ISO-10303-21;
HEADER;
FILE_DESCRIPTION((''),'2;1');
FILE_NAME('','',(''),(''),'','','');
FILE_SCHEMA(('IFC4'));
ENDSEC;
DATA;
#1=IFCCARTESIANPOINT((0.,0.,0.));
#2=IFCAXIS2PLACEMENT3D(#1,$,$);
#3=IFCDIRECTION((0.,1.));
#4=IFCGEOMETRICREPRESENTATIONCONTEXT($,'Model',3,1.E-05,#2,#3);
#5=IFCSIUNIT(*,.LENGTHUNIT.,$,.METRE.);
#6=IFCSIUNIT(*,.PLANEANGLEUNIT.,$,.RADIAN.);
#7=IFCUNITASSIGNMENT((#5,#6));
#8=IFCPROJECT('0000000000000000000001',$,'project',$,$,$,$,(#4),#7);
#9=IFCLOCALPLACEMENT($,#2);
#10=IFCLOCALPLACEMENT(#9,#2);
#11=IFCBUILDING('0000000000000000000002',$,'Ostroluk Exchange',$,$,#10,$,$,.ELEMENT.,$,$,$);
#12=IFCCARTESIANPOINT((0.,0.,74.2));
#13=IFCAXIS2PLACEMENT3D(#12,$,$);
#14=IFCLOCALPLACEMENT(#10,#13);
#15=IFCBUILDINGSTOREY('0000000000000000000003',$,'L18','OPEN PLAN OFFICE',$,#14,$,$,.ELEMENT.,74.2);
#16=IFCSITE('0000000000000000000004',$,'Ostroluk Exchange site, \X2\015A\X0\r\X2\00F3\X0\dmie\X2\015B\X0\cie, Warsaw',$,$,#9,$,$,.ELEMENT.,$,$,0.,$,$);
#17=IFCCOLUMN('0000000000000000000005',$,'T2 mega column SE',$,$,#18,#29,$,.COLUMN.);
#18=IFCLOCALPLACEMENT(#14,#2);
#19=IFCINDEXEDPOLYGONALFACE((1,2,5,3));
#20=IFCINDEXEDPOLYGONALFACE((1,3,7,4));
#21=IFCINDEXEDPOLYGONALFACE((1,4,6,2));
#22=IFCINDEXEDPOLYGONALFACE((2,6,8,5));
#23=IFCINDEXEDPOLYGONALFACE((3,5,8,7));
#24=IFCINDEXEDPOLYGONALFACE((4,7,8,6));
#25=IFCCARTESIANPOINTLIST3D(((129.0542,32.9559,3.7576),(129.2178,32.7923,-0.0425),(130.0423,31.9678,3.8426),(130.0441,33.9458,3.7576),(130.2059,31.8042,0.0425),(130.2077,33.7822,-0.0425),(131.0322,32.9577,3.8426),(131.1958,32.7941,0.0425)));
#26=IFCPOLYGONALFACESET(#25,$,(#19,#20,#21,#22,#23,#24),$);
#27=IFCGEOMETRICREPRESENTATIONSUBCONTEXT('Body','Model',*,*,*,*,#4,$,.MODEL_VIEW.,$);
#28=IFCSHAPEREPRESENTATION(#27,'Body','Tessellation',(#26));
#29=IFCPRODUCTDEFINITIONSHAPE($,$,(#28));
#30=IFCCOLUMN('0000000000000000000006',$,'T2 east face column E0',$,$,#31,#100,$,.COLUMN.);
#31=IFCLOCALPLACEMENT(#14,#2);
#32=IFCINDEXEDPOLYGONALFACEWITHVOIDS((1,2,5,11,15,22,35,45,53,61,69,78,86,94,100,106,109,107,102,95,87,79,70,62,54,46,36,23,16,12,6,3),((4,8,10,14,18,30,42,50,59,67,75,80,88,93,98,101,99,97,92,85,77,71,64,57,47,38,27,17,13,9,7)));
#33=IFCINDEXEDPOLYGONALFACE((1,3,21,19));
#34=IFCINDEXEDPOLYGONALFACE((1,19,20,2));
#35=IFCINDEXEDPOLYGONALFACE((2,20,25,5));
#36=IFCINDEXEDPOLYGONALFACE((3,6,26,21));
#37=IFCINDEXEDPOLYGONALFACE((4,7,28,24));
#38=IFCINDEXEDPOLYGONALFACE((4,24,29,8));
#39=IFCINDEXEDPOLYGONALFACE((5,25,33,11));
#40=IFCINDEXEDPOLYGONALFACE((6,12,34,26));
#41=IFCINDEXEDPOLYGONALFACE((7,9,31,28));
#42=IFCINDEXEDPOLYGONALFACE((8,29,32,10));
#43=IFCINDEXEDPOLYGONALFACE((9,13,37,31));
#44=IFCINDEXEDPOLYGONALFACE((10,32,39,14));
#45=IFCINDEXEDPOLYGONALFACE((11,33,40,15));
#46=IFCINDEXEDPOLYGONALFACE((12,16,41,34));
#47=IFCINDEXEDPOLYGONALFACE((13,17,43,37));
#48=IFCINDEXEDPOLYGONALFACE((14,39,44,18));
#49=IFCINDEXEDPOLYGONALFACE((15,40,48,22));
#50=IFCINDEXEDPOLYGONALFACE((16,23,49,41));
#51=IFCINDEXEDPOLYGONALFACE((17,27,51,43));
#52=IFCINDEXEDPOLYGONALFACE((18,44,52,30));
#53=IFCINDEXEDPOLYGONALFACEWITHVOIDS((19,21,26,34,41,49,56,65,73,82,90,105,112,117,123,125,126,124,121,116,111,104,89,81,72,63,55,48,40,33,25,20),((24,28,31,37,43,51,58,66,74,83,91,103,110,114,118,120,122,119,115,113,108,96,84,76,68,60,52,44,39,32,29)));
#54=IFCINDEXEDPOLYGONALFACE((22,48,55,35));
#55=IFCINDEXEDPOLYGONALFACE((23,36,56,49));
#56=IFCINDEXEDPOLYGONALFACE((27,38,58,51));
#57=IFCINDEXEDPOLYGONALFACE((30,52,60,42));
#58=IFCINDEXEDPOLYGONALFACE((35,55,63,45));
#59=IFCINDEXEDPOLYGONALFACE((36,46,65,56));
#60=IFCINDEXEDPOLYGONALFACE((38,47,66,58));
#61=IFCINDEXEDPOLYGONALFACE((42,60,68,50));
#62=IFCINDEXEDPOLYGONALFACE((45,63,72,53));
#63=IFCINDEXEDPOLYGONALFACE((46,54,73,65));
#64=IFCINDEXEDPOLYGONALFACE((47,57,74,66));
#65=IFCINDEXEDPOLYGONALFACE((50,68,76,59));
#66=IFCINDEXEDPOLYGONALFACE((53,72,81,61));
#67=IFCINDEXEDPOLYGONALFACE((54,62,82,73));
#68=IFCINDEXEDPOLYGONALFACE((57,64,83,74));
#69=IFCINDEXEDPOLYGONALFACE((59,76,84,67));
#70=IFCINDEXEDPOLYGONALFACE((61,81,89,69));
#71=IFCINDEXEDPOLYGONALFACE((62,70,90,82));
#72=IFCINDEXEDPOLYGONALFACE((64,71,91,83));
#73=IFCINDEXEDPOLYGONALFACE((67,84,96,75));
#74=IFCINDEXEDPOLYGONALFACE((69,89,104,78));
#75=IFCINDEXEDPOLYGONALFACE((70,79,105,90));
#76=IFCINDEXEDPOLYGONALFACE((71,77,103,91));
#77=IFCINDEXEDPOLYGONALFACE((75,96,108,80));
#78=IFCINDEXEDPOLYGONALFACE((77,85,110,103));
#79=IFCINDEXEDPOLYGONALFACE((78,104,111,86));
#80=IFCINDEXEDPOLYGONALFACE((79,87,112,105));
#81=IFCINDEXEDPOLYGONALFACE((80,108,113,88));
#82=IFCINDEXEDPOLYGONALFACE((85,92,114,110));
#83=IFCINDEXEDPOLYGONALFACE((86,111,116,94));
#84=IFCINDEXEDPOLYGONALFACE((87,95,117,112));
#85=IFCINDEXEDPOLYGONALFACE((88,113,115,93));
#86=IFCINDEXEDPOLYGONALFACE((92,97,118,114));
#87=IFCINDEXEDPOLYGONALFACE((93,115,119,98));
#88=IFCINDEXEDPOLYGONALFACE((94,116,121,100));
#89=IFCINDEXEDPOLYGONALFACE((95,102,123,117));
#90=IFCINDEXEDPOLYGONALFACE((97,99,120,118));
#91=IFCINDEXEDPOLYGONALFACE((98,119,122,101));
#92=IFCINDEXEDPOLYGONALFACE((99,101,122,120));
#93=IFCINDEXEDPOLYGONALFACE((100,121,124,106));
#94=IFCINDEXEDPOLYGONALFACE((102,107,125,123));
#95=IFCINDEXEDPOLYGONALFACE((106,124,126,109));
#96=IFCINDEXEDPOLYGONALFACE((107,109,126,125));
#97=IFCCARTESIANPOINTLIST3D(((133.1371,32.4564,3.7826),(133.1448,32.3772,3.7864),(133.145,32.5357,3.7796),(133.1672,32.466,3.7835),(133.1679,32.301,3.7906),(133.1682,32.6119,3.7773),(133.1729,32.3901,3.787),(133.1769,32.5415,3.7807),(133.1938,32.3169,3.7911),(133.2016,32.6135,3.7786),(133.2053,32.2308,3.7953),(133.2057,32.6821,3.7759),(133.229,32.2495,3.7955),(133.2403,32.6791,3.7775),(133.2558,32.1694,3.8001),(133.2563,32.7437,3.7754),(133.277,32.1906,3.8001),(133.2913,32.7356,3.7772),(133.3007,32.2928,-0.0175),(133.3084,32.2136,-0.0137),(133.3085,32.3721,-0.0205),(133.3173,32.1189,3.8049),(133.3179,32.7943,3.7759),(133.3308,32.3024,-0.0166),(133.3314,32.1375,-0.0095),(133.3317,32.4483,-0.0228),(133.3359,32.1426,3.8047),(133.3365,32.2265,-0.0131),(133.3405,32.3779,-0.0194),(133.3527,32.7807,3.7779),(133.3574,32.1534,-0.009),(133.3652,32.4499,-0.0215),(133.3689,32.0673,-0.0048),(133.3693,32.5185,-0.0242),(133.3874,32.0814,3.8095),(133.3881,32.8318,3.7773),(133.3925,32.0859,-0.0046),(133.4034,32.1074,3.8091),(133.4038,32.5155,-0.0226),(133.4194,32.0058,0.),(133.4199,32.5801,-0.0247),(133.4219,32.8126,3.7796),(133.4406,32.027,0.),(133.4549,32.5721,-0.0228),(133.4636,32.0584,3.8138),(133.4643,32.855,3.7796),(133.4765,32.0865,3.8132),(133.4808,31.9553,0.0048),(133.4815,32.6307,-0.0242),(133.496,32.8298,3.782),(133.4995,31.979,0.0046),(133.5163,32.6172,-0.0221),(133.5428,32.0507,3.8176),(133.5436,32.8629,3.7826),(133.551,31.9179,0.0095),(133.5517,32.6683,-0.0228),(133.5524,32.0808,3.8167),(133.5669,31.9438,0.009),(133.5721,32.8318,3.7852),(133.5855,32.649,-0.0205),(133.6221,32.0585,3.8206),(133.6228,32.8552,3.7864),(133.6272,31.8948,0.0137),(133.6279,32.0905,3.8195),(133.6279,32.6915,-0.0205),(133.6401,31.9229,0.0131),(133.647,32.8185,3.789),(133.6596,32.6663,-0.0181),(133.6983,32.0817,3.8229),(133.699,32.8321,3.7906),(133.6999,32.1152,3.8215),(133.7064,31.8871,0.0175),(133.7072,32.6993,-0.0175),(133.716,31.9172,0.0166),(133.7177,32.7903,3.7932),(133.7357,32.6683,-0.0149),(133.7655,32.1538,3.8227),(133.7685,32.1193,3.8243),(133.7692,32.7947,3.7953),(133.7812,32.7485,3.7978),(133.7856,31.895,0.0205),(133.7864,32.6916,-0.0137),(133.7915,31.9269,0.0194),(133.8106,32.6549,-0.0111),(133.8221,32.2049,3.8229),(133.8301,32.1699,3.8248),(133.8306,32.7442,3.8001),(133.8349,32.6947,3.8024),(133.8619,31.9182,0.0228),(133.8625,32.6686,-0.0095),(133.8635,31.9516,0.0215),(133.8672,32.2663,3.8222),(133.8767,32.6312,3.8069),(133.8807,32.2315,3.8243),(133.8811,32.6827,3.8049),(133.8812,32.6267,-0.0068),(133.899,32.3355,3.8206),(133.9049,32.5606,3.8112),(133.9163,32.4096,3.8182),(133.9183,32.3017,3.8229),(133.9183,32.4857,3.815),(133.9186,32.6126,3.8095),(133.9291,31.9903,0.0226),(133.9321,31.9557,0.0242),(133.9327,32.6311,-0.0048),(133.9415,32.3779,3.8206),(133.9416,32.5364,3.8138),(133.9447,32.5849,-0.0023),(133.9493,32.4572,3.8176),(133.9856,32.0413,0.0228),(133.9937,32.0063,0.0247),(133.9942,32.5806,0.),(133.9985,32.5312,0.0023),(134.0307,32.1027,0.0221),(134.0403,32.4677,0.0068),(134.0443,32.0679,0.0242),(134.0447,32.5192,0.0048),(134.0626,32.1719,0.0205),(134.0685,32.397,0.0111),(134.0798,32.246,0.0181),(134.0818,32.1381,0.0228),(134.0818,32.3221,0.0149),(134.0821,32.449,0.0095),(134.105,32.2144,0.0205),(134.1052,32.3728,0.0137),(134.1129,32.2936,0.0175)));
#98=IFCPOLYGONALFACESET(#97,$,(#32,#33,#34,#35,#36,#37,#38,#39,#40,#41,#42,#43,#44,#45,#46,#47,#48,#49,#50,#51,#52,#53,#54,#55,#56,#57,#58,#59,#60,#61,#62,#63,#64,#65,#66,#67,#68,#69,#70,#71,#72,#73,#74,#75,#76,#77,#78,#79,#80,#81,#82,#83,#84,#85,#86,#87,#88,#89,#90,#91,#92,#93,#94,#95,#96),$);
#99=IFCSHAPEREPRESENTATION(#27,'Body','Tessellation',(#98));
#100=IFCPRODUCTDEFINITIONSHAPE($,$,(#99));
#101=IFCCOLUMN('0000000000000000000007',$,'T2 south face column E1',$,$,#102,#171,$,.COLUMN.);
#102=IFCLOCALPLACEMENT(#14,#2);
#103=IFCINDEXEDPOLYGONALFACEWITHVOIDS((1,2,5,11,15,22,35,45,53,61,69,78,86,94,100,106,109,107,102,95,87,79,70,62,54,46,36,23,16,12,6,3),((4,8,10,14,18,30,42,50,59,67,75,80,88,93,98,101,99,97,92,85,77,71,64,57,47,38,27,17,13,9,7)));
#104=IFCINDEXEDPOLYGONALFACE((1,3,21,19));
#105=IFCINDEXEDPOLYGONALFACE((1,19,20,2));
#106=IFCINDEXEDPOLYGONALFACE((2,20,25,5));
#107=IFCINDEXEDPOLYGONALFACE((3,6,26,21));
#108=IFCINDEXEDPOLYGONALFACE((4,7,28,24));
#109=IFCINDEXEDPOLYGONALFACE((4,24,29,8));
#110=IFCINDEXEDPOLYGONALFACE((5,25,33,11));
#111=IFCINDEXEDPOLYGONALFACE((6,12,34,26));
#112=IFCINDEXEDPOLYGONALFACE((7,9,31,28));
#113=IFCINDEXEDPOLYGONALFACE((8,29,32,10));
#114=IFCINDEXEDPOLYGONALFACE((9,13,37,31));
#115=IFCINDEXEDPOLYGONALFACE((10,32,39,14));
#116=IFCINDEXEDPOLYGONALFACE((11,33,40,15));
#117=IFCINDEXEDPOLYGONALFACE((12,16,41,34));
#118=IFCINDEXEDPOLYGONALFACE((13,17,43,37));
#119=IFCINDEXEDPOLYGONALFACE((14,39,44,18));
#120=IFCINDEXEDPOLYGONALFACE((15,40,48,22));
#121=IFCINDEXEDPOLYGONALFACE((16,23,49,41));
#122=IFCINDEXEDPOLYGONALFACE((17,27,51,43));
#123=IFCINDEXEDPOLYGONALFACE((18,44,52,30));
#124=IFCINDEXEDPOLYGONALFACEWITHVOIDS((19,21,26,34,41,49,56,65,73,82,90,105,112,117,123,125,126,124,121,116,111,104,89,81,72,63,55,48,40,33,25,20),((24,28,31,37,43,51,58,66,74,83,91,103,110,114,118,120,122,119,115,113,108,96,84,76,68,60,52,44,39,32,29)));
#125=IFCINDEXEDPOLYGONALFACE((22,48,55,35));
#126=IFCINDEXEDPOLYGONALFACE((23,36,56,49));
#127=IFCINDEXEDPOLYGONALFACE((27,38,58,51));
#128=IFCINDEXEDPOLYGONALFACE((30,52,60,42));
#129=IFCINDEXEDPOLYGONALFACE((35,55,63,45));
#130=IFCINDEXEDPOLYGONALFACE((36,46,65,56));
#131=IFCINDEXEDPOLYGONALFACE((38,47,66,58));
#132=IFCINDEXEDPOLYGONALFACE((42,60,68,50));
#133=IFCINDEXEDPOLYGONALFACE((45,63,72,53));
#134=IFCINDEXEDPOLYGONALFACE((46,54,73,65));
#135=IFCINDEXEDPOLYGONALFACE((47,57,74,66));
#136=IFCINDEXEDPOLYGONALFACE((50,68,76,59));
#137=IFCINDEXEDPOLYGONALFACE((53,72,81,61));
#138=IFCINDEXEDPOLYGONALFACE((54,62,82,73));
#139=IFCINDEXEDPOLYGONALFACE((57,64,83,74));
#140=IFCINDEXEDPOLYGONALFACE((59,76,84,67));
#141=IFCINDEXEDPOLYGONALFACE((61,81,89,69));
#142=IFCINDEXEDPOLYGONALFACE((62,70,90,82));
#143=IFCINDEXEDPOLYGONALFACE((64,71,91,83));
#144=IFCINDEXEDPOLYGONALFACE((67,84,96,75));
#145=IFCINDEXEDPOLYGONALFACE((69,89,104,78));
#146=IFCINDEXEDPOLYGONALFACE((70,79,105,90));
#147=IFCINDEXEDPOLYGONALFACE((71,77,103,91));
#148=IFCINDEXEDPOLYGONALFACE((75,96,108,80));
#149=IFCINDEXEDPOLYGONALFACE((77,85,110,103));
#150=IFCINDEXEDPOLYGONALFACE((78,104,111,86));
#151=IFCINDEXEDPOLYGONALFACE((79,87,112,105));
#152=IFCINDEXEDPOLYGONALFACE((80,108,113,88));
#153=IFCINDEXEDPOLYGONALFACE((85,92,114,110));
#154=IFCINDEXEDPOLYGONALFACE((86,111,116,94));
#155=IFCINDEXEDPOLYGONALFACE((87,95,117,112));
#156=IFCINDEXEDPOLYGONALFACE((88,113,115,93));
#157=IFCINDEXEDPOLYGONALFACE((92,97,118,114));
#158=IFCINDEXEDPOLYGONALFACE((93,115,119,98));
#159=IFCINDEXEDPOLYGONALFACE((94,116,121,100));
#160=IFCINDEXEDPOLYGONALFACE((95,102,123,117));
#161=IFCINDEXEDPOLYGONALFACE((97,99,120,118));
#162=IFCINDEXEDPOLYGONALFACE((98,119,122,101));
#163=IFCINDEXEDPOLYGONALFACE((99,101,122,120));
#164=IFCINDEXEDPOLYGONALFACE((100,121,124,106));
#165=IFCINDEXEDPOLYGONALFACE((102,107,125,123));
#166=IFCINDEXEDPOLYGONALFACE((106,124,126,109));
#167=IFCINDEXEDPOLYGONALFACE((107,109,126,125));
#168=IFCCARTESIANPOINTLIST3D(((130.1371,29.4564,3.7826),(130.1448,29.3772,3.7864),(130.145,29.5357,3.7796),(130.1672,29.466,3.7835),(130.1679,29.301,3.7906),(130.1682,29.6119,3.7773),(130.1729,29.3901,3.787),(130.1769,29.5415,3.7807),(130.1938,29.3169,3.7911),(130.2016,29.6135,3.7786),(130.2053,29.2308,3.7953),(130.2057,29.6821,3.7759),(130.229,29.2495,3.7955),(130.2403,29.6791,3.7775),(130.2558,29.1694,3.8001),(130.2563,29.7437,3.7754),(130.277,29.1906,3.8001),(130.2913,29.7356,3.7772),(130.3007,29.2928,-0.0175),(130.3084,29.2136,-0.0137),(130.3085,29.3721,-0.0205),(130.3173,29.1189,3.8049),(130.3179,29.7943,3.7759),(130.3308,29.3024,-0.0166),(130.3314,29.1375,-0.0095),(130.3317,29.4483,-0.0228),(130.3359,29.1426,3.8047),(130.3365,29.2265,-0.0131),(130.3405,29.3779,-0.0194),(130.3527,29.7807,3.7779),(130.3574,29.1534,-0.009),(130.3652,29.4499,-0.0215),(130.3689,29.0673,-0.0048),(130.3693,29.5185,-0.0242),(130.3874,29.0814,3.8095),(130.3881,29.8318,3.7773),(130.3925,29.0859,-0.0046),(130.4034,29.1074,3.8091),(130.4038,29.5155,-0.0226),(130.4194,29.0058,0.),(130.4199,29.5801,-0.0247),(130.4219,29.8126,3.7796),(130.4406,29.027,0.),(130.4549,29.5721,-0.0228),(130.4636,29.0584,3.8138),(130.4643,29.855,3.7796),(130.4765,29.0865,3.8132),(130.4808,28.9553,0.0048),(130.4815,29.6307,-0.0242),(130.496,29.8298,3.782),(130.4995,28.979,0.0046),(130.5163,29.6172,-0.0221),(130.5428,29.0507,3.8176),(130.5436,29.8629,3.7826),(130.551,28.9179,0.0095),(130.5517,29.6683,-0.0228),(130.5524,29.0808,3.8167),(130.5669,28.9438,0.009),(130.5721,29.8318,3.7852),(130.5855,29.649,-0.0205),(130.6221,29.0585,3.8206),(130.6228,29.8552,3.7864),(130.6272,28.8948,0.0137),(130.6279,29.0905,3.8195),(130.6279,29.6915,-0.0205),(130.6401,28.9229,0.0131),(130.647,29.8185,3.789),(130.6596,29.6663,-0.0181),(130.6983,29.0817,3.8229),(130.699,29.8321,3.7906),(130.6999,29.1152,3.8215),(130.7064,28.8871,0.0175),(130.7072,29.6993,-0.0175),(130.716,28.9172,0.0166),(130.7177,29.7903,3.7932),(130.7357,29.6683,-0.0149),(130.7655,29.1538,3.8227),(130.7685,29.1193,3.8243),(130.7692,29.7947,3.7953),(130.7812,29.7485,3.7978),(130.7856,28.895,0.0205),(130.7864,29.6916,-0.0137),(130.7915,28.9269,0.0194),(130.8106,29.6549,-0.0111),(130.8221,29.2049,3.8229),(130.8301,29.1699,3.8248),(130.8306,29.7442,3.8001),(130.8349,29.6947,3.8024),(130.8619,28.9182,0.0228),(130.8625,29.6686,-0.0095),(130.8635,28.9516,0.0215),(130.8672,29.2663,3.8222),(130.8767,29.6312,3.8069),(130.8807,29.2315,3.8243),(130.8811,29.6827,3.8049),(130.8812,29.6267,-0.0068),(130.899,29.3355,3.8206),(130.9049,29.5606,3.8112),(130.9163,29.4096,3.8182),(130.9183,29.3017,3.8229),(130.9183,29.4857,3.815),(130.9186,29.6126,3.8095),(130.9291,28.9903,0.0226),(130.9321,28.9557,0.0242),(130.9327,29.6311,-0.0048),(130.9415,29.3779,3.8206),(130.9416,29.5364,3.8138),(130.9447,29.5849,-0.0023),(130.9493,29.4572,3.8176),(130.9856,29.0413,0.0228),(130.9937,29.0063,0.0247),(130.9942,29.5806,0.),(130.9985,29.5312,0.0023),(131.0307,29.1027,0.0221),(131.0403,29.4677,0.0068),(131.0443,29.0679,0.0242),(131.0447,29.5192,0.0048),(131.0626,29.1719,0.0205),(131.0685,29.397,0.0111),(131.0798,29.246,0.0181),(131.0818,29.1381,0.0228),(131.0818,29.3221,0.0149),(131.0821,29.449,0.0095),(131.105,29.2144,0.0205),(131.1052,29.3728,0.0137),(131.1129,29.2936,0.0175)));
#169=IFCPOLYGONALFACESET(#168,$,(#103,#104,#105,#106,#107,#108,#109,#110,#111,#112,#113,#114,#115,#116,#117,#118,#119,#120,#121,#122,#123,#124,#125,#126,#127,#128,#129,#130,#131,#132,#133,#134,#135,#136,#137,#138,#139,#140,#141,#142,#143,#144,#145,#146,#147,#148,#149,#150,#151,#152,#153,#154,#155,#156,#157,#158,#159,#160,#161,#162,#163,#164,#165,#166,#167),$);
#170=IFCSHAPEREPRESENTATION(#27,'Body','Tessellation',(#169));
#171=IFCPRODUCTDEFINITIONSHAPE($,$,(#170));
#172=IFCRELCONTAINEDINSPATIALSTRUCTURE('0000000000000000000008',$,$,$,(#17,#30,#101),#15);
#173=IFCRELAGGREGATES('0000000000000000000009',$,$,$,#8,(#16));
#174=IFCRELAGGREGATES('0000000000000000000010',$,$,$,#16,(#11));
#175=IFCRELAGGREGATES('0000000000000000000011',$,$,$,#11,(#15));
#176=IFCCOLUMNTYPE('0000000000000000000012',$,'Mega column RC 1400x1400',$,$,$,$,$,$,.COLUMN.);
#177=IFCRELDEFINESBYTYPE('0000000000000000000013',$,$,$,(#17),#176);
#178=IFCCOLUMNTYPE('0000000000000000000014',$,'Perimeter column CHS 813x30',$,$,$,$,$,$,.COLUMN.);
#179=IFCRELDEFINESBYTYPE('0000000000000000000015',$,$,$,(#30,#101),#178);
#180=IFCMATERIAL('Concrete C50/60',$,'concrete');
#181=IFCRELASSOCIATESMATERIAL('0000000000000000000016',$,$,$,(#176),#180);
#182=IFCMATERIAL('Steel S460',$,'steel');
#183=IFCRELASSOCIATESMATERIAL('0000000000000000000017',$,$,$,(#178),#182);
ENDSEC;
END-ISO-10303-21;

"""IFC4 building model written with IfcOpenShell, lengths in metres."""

from ifc_helpers import new_model, si_unit, direction, frame, origin, origin_2d, place, context, subcontext, project, spatial, rectangle, hollow_circle, extrude, material, material_profile, profile_set, type_object, element, save


model = new_model("IFC4")

# Units and contexts
model_context = context("Model", 3, precision=1e-05, world=origin(), true_north=direction((0.0, 1.0)))
body_context = subcontext(model_context, "Body", "Model", "MODEL_VIEW")
ifc_project = project(units=[si_unit("LENGTHUNIT", "METRE"), si_unit("PLANEANGLEUNIT", "RADIAN")], contexts=[model_context])

# Site, building, storey
site_placement = place(None, origin())
site = spatial("IfcSite", under=ifc_project, at=site_placement, Name="Ostroluk Exchange site, Śródmieście, Warsaw", CompositionType="ELEMENT", RefElevation=0.0)
building_placement = place(site_placement, origin())
building = spatial("IfcBuilding", under=site, at=building_placement, Name="Ostroluk Exchange", CompositionType="ELEMENT")
storey_placement = place(building_placement, frame((0.0, 0.0, 74.2)))
storey = spatial("IfcBuildingStorey", under=building, at=storey_placement, Name="L18", Description="OPEN PLAN OFFICE", CompositionType="ELEMENT", Elevation=74.2)

# Columns
ifc_material_1 = material(Name="Concrete C50/60", Category="concrete")
ifc_material_profile_1 = material_profile(ifc_material_1, rectangle(XDim=1.3999, YDim=1.3999, at=origin_2d()), Name="RC 1400x1400")
ifc_profile_set_1 = profile_set([ifc_material_profile_1], Name="Concrete C50/60")
column_type_1 = type_object("IfcColumnType", Name="Mega column RC 1400x1400", PredefinedType="COLUMN", material=ifc_profile_set_1)
column_placement = place(storey_placement, frame((130.2068, 32.7932, 0.0), z_axis=(-0.042966, 0.042966, 0.998152), x_axis=(-0.707107, -0.707107, 0.0)))
element("IfcColumn", 1, at=column_placement, inside=storey, type_object=column_type_1, Name="T2 mega column SE", PredefinedType="COLUMN", context=body_context, shape_type="SweptSolid", body=[
    extrude(rectangle(XDim=1.3999, YDim=1.3999, at=origin_2d()), origin(), (0.0, 0.0, 1.0), 3.8071),
])
ifc_material_2 = material(Name="Steel S460", Category="steel")
ifc_material_profile_2 = material_profile(ifc_material_2, hollow_circle(Radius=0.4065, WallThickness=0.03, at=origin_2d()), Name="CHS 813x30")
ifc_profile_set_2 = profile_set([ifc_material_profile_2], Name="Steel S460")
column_type_2 = type_object("IfcColumnType", Name="Perimeter column CHS 813x30", PredefinedType="COLUMN", material=ifc_profile_set_2)
for number, where, z_axis, x_axis, name in (
    (2, (133.7068, 32.2932, 0.0), (-0.042966, 0.042966, 0.998152), (-0.707107, -0.707107, 0.0), "T2 east face column E0"),
    (3, (130.7068, 29.2932, 0.0), (-0.042966, 0.042966, 0.998152), (-0.707107, -0.707107, 0.0), "T2 south face column E1"),
):
    element("IfcColumn", number, at=place(storey_placement, frame(where, z_axis=z_axis, x_axis=x_axis)), inside=storey, type_object=column_type_2, Name=name, PredefinedType="COLUMN", context=body_context, shape_type="SweptSolid", body=[
        extrude(hollow_circle(Radius=0.4065, WallThickness=0.03, at=origin_2d()), origin(), (0.0, 0.0, 1.0), 3.8071),
    ])

save(model, "model.ifc")
